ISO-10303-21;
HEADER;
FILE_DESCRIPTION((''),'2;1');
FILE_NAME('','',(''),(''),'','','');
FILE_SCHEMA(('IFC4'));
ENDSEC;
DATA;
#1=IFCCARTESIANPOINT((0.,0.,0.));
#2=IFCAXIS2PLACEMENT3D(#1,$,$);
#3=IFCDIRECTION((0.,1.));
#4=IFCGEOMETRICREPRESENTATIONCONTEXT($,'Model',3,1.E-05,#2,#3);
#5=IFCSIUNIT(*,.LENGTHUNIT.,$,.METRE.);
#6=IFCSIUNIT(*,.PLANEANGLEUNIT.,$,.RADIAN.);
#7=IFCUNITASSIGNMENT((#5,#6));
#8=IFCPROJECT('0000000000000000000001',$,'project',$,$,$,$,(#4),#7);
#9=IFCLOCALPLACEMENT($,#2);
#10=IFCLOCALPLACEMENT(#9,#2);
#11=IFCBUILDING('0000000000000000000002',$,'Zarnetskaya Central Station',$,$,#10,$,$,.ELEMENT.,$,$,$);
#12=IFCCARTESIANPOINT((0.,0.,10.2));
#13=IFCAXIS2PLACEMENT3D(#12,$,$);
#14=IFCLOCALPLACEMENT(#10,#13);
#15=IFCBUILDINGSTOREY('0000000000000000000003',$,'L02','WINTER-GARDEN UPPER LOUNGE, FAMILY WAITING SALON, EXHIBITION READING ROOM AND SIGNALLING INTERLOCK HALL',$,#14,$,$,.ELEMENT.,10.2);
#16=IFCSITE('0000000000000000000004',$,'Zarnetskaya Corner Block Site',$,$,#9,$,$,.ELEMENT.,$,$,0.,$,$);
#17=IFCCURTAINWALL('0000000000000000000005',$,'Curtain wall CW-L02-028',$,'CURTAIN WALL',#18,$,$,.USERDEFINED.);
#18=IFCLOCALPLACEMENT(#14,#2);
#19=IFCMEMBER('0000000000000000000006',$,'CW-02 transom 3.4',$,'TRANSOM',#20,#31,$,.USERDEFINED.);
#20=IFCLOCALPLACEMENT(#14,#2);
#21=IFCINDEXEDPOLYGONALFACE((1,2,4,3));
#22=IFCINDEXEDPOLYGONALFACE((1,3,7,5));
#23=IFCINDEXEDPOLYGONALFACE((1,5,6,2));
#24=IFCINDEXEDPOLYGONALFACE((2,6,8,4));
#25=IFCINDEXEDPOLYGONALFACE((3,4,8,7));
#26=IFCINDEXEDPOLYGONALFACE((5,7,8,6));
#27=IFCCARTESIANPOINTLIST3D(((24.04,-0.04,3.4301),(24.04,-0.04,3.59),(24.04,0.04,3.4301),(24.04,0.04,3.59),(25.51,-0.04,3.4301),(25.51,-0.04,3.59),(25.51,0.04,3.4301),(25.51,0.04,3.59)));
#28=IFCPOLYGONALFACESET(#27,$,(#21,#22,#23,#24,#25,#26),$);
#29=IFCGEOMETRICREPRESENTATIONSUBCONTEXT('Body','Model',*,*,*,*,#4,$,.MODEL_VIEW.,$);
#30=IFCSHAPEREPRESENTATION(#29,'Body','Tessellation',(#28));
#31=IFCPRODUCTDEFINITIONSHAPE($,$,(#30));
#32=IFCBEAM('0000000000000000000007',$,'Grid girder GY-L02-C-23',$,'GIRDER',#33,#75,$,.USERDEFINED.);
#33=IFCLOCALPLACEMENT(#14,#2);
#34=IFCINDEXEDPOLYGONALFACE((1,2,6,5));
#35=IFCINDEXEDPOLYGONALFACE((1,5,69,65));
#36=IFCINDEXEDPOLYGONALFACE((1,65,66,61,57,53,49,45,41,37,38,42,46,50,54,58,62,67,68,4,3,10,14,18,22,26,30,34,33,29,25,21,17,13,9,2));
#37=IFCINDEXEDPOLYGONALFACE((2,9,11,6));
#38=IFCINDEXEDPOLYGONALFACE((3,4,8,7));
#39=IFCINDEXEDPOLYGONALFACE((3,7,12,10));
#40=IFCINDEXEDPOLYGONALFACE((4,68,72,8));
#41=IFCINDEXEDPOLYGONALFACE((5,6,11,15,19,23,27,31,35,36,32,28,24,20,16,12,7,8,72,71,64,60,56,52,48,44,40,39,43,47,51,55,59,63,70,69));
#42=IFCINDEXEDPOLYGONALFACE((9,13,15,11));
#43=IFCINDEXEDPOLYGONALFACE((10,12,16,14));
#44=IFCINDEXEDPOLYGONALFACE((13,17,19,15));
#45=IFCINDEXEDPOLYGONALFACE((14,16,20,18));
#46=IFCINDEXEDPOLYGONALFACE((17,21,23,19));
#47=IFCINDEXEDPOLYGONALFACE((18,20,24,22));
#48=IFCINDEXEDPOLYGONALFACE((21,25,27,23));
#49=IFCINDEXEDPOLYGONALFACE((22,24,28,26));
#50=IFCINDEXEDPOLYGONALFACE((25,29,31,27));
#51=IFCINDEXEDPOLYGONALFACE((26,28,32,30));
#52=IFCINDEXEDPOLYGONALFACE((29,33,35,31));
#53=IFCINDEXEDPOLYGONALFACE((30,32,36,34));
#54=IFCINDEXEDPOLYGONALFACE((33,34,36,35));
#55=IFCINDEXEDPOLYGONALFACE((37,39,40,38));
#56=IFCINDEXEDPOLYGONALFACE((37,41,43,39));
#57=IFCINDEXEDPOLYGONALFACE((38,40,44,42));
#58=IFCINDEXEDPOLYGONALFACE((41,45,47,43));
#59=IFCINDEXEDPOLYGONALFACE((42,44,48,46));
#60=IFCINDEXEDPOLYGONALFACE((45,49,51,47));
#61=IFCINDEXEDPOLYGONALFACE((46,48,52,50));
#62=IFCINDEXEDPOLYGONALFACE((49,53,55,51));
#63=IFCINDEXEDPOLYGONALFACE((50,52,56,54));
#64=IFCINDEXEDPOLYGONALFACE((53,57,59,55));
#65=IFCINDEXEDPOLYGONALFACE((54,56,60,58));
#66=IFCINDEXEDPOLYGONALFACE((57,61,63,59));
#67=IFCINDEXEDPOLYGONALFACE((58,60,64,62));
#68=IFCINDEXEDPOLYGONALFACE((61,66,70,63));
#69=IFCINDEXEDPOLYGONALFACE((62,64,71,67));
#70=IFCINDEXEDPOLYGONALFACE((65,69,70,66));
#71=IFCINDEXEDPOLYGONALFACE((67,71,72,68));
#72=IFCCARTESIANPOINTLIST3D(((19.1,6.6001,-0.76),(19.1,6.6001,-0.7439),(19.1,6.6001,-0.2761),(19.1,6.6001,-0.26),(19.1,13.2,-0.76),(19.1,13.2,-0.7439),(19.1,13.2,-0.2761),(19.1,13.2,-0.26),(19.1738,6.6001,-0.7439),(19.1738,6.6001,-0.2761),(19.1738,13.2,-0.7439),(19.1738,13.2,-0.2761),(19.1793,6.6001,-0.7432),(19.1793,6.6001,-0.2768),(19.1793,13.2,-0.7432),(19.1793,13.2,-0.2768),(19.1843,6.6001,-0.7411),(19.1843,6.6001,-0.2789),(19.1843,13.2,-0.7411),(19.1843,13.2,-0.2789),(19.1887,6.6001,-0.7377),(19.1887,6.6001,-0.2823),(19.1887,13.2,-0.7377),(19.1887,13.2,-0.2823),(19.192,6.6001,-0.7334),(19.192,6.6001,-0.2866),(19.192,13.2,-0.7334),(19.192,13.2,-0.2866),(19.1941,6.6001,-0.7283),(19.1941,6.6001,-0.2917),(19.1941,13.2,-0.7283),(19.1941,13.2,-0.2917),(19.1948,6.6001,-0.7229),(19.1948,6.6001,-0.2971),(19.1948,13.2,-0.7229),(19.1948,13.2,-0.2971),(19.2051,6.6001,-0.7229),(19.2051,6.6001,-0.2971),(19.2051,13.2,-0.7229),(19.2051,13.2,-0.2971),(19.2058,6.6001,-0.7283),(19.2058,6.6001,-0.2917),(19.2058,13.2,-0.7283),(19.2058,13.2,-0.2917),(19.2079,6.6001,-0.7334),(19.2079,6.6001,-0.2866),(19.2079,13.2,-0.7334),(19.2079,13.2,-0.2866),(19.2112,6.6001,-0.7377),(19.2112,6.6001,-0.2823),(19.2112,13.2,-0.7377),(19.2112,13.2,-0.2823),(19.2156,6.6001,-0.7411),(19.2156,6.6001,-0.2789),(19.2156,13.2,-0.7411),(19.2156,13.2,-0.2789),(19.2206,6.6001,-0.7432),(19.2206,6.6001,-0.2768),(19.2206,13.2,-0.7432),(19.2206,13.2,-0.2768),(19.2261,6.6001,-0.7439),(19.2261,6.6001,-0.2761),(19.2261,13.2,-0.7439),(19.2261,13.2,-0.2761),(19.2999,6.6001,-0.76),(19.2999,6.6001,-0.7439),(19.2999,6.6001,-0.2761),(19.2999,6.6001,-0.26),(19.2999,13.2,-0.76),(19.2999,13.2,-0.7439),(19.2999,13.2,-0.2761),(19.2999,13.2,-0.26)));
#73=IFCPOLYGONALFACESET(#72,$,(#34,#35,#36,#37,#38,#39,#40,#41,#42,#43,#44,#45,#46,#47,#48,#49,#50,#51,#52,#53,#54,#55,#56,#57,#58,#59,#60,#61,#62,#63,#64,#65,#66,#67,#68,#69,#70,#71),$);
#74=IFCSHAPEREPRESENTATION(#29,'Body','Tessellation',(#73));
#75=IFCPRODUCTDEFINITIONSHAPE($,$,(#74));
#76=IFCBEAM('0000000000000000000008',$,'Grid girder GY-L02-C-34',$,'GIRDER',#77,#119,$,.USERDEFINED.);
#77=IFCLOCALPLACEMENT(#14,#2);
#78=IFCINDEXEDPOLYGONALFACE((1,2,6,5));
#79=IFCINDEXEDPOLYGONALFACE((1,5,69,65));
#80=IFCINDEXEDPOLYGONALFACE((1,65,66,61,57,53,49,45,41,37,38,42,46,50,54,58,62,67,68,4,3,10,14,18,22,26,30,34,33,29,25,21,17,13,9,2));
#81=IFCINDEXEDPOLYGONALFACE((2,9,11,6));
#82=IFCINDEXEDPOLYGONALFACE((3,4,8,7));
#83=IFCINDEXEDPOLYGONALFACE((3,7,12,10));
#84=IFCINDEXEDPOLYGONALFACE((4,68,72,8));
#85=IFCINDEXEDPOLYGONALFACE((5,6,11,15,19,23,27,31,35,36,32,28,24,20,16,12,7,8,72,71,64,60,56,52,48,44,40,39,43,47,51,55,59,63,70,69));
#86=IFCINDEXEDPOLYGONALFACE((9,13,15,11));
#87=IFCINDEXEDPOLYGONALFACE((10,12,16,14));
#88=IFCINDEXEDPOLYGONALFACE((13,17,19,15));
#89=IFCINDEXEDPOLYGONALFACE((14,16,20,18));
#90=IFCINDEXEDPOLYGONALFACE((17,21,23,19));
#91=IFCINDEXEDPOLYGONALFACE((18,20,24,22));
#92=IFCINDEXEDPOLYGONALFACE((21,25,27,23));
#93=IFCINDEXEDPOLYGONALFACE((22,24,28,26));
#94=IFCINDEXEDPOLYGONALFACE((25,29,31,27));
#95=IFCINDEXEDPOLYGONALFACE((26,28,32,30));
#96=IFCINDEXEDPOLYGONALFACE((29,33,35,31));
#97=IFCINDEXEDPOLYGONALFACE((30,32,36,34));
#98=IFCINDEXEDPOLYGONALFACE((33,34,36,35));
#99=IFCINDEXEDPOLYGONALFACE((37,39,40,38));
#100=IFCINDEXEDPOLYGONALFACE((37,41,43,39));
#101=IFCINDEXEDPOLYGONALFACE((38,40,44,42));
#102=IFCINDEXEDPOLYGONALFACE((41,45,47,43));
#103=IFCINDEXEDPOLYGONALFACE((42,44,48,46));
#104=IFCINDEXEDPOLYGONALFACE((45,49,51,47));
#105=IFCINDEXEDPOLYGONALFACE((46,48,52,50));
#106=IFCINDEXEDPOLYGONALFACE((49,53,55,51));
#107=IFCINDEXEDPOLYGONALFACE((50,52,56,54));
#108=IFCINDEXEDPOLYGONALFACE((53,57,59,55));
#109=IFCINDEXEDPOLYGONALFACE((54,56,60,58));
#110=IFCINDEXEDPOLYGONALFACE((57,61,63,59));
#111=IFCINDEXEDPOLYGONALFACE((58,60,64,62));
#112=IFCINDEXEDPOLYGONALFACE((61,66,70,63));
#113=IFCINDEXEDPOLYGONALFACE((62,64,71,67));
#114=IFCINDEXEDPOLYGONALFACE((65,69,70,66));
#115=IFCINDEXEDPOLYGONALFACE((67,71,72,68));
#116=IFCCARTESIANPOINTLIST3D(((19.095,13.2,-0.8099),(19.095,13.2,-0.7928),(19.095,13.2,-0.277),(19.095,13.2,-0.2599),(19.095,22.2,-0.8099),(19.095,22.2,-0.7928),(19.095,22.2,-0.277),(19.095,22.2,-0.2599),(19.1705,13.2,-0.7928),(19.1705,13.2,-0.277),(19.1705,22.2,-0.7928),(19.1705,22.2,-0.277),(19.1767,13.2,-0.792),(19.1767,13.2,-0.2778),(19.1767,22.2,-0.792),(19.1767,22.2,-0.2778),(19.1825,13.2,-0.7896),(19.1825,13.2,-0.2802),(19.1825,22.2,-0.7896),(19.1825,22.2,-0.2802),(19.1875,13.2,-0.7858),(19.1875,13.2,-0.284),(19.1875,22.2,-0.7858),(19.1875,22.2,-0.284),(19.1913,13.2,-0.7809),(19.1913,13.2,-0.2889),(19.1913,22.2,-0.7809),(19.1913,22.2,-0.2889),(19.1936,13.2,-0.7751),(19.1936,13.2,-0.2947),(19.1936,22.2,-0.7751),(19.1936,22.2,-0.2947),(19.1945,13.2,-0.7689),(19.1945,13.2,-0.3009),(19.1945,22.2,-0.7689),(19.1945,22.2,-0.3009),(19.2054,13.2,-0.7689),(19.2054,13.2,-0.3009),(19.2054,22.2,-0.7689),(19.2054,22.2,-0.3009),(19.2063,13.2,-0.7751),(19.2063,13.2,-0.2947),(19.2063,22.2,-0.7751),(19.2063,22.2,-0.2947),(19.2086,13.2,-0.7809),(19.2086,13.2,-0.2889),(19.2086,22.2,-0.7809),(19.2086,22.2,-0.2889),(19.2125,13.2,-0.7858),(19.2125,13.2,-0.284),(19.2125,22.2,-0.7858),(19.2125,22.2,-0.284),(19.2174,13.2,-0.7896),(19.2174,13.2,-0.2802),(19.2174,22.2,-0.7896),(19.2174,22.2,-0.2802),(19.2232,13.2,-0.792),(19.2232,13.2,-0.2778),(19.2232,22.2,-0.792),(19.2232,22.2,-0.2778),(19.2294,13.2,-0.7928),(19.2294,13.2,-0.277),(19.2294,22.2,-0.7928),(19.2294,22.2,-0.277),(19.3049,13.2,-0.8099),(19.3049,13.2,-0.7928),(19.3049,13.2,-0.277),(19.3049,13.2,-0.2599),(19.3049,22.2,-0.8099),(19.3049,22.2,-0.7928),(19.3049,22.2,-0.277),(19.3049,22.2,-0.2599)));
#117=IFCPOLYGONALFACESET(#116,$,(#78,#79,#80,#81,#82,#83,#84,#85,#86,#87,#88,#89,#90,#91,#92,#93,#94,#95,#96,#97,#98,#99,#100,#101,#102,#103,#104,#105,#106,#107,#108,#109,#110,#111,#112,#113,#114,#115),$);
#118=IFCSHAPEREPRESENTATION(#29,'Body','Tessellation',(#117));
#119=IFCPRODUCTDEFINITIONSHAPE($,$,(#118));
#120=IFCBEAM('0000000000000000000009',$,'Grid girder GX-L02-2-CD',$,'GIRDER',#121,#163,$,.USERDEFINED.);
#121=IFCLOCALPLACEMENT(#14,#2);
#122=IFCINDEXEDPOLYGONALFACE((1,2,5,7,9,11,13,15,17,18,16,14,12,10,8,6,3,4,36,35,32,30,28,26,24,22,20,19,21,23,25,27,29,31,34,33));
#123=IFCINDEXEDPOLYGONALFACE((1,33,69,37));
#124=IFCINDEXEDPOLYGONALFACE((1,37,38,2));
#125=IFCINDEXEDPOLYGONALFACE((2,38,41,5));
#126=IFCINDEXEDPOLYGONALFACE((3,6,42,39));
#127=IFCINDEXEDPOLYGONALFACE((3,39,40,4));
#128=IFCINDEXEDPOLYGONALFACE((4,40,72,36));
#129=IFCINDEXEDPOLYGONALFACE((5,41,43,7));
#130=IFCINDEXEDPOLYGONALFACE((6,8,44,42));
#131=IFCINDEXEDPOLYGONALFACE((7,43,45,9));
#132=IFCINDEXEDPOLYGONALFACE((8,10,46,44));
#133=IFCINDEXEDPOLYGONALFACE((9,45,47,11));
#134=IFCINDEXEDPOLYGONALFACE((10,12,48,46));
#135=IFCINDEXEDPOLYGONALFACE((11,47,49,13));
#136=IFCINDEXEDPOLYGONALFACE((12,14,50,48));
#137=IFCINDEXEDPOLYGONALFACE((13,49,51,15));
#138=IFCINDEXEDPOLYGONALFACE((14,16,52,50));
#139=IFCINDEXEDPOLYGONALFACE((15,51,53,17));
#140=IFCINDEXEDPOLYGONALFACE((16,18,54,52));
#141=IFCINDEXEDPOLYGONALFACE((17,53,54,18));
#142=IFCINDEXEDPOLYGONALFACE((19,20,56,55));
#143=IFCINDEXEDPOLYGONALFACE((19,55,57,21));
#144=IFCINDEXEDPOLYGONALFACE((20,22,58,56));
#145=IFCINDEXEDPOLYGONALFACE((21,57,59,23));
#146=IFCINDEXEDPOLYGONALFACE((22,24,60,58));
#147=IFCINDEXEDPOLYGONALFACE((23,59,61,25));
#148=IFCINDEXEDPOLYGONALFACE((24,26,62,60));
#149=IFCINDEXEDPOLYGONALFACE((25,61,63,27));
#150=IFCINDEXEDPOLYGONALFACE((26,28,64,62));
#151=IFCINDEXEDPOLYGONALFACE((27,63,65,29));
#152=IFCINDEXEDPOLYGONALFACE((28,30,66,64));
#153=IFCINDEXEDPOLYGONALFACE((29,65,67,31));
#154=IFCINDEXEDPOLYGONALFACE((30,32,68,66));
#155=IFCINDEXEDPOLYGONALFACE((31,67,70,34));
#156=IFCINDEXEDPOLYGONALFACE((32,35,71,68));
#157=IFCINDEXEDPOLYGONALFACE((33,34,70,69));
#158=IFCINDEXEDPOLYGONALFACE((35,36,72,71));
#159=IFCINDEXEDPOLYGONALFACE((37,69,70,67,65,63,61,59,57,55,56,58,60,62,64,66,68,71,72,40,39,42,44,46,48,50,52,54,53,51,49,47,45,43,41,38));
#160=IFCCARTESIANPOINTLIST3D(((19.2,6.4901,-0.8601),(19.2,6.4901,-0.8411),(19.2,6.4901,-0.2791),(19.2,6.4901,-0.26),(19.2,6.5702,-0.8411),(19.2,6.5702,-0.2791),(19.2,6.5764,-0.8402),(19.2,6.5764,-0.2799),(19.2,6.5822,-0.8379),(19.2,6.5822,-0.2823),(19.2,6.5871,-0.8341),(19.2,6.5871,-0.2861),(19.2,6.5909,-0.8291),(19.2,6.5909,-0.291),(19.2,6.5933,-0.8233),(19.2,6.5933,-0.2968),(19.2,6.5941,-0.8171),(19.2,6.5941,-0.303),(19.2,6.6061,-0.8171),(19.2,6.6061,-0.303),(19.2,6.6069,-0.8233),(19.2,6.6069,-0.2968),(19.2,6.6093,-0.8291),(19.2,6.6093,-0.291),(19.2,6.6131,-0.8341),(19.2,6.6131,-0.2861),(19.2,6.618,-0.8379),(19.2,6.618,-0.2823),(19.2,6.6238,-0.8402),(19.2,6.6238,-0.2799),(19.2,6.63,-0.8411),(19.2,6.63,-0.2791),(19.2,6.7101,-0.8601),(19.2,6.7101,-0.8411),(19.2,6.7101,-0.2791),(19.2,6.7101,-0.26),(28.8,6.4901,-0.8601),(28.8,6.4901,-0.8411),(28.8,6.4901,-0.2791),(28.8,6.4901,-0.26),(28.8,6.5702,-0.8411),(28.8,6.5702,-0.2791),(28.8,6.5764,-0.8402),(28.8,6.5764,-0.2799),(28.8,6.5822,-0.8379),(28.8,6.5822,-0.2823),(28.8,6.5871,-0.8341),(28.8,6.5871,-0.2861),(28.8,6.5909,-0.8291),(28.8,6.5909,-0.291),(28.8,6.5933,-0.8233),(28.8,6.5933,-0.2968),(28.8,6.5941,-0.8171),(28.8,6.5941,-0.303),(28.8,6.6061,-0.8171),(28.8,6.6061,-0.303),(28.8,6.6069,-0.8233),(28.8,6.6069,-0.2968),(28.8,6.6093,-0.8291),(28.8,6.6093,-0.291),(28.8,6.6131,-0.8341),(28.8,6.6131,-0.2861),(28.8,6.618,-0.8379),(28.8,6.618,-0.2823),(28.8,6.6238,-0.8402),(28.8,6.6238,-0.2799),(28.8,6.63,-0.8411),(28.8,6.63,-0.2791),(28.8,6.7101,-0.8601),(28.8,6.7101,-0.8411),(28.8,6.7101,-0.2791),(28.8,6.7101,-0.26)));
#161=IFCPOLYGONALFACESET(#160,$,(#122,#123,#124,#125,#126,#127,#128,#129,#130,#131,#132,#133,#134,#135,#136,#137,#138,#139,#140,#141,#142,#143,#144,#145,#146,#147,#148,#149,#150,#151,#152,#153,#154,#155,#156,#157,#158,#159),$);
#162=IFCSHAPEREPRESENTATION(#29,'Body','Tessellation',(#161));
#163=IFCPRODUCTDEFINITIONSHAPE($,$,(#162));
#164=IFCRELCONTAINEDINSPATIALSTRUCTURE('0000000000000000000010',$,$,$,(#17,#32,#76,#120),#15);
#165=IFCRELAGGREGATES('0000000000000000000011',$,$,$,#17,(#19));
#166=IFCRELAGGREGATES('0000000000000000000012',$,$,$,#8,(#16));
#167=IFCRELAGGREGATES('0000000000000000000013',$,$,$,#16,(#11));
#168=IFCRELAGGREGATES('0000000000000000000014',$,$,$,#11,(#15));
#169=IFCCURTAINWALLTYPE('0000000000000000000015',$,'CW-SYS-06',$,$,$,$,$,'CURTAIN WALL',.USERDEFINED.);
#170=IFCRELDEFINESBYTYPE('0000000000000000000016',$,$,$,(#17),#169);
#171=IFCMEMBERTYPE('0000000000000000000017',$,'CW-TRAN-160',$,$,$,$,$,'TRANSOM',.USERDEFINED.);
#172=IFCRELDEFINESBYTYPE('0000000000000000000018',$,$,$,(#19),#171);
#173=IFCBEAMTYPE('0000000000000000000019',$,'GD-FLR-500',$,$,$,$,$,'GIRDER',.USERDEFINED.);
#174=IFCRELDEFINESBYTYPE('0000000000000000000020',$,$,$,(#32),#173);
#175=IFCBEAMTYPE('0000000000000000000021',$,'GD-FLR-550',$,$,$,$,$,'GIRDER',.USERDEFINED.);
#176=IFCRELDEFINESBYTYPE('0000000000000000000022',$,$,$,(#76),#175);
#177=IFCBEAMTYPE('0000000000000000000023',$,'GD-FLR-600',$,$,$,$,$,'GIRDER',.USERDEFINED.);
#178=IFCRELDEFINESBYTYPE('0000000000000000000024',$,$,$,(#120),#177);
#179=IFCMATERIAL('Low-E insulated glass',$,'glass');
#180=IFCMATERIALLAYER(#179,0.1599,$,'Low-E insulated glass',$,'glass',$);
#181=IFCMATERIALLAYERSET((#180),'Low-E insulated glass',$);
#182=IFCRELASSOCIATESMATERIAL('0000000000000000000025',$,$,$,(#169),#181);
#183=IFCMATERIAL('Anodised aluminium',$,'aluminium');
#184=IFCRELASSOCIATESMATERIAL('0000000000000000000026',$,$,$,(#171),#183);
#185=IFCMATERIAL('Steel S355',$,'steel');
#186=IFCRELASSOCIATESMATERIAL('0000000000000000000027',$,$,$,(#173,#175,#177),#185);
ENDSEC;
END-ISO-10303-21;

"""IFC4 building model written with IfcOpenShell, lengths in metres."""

from ifc_helpers import new_model, si_unit, direction, frame, origin, origin_2d, place, context, subcontext, project, spatial, rectangle, i_section, extrude, material, layer, layer_set, material_profile, profile_set, type_object, element, aggregate, save


model = new_model("IFC4")

# Units and contexts
model_context = context("Model", 3, precision=1e-05, world=origin(), true_north=direction((0.0, 1.0)))
body_context = subcontext(model_context, "Body", "Model", "MODEL_VIEW")
ifc_project = project(units=[si_unit("LENGTHUNIT", "METRE"), si_unit("PLANEANGLEUNIT", "RADIAN")], contexts=[model_context])

# Site, building, storey
site_placement = place(None, origin())
site = spatial("IfcSite", under=ifc_project, at=site_placement, Name="Zarnetskaya Corner Block Site", CompositionType="ELEMENT", RefElevation=0.0)
building_placement = place(site_placement, origin())
building = spatial("IfcBuilding", under=site, at=building_placement, Name="Zarnetskaya Central Station", CompositionType="ELEMENT")
storey_placement = place(building_placement, frame((0.0, 0.0, 10.2)))
storey = spatial("IfcBuildingStorey", under=building, at=storey_placement, Name="L02", Description="WINTER-GARDEN UPPER LOUNGE, FAMILY WAITING SALON, EXHIBITION READING ROOM AND SIGNALLING INTERLOCK HALL", CompositionType="ELEMENT", Elevation=10.2)

# Shared definitions
ifc_material_1 = material(Name="Steel S355", Category="steel")

# Curtain wall, member
ifc_material_2 = material(Name="Low-E insulated glass", Category="glass")
ifc_layer_1 = layer(ifc_material_2, 0.1599, Name="Low-E insulated glass", Category="glass")
ifc_layer_set_1 = layer_set([ifc_layer_1], Name="Low-E insulated glass")
curtain_wall_type = type_object("IfcCurtainWallType", Name="CW-SYS-06", ElementType="CURTAIN WALL", PredefinedType="USERDEFINED", material=ifc_layer_set_1)
curtain_wall_placement = place(storey_placement, origin())
curtain_wall = element("IfcCurtainWall", 1, at=curtain_wall_placement, inside=storey, type_object=curtain_wall_type, Name="Curtain wall CW-L02-028", ObjectType="CURTAIN WALL", PredefinedType="USERDEFINED")
ifc_material_3 = material(Name="Anodised aluminium", Category="aluminium")
ifc_material_profile_1 = material_profile(ifc_material_3, rectangle(XDim=0.0801, YDim=0.1599, at=origin_2d()), Name="ALU TRAN 80x160")
ifc_profile_set_1 = profile_set([ifc_material_profile_1], Name="Anodised aluminium")
member_type_1 = type_object("IfcMemberType", Name="CW-TRAN-160", ElementType="TRANSOM", PredefinedType="USERDEFINED", material=ifc_profile_set_1)
member_1_placement = place(storey_placement, frame((25.51, 0.0, 3.51), z_axis=(-1.0, 0.0, 0.0), x_axis=(0.0, -1.0, 0.0)))
member_1 = element("IfcMember", 2, at=member_1_placement, type_object=member_type_1, Name="CW-02 transom 3.4", ObjectType="TRANSOM", PredefinedType="USERDEFINED", context=body_context, shape_type="SweptSolid", body=[
    extrude(rectangle(XDim=0.0801, YDim=0.1599, at=origin_2d()), origin(), (0.0, 0.0, 1.0), 1.47),
])

# Beams
ifc_material_profile_2 = material_profile(ifc_material_1, i_section(OverallWidth=0.2, OverallDepth=0.5, WebThickness=0.0103, FlangeThickness=0.0161, FilletRadius=0.021, at=origin_2d()), Name="IPE 500")
ifc_profile_set_2 = profile_set([ifc_material_profile_2], Name="Steel S355")
beam_type_1 = type_object("IfcBeamType", Name="GD-FLR-500", ElementType="GIRDER", PredefinedType="USERDEFINED", material=ifc_profile_set_2)
beam_1_placement = place(storey_placement, frame((19.2, 6.6001, -0.51), z_axis=(0.0, 1.0, 0.0), x_axis=(-1.0, 0.0, 0.0)))
element("IfcBeam", 3, at=beam_1_placement, inside=storey, type_object=beam_type_1, Name="Grid girder GY-L02-C-23", ObjectType="GIRDER", PredefinedType="USERDEFINED", context=body_context, shape_type="SweptSolid", body=[
    extrude(i_section(OverallWidth=0.2, OverallDepth=0.5, WebThickness=0.0103, FlangeThickness=0.0161, FilletRadius=0.021, at=origin_2d()), origin(), (0.0, 0.0, 1.0), 6.5999),
])
ifc_material_profile_3 = material_profile(ifc_material_1, i_section(OverallWidth=0.21, OverallDepth=0.55, WebThickness=0.011, FlangeThickness=0.0171, FilletRadius=0.0239, at=origin_2d()), Name="IPE 550")
ifc_profile_set_3 = profile_set([ifc_material_profile_3], Name="Steel S355")
beam_type_2 = type_object("IfcBeamType", Name="GD-FLR-550", ElementType="GIRDER", PredefinedType="USERDEFINED", material=ifc_profile_set_3)
beam_2_placement = place(storey_placement, frame((19.2, 13.2, -0.5349), z_axis=(0.0, 1.0, 0.0), x_axis=(-1.0, 0.0, 0.0)))
element("IfcBeam", 4, at=beam_2_placement, inside=storey, type_object=beam_type_2, Name="Grid girder GY-L02-C-34", ObjectType="GIRDER", PredefinedType="USERDEFINED", context=body_context, shape_type="SweptSolid", body=[
    extrude(i_section(OverallWidth=0.21, OverallDepth=0.55, WebThickness=0.011, FlangeThickness=0.0171, FilletRadius=0.0239, at=origin_2d()), origin(), (0.0, 0.0, 1.0), 9.0),
])
ifc_material_profile_4 = material_profile(ifc_material_1, i_section(OverallWidth=0.22, OverallDepth=0.6001, WebThickness=0.012, FlangeThickness=0.019, FilletRadius=0.0239, at=origin_2d()), Name="IPE 600")
ifc_profile_set_4 = profile_set([ifc_material_profile_4], Name="Steel S355")
beam_type_3 = type_object("IfcBeamType", Name="GD-FLR-600", ElementType="GIRDER", PredefinedType="USERDEFINED", material=ifc_profile_set_4)
for number, where, z_axis, x_axis, name in (
    (5, (19.2, 6.6001, -0.5601), (1.0, 0.0, 0.0), (0.0, 1.0, 0.0), "Grid girder GX-L02-2-CD"),
):
    element("IfcBeam", number, at=place(storey_placement, frame(where, z_axis=z_axis, x_axis=x_axis)), inside=storey, type_object=beam_type_3, Name=name, ObjectType="GIRDER", PredefinedType="USERDEFINED", context=body_context, shape_type="SweptSolid", body=[
        extrude(i_section(OverallWidth=0.22, OverallDepth=0.6001, WebThickness=0.012, FlangeThickness=0.019, FilletRadius=0.0239, at=origin_2d()), origin(), (0.0, 0.0, 1.0), 9.6001),
    ])

aggregate(curtain_wall, [member_1])

save(model, "model.ifc")
